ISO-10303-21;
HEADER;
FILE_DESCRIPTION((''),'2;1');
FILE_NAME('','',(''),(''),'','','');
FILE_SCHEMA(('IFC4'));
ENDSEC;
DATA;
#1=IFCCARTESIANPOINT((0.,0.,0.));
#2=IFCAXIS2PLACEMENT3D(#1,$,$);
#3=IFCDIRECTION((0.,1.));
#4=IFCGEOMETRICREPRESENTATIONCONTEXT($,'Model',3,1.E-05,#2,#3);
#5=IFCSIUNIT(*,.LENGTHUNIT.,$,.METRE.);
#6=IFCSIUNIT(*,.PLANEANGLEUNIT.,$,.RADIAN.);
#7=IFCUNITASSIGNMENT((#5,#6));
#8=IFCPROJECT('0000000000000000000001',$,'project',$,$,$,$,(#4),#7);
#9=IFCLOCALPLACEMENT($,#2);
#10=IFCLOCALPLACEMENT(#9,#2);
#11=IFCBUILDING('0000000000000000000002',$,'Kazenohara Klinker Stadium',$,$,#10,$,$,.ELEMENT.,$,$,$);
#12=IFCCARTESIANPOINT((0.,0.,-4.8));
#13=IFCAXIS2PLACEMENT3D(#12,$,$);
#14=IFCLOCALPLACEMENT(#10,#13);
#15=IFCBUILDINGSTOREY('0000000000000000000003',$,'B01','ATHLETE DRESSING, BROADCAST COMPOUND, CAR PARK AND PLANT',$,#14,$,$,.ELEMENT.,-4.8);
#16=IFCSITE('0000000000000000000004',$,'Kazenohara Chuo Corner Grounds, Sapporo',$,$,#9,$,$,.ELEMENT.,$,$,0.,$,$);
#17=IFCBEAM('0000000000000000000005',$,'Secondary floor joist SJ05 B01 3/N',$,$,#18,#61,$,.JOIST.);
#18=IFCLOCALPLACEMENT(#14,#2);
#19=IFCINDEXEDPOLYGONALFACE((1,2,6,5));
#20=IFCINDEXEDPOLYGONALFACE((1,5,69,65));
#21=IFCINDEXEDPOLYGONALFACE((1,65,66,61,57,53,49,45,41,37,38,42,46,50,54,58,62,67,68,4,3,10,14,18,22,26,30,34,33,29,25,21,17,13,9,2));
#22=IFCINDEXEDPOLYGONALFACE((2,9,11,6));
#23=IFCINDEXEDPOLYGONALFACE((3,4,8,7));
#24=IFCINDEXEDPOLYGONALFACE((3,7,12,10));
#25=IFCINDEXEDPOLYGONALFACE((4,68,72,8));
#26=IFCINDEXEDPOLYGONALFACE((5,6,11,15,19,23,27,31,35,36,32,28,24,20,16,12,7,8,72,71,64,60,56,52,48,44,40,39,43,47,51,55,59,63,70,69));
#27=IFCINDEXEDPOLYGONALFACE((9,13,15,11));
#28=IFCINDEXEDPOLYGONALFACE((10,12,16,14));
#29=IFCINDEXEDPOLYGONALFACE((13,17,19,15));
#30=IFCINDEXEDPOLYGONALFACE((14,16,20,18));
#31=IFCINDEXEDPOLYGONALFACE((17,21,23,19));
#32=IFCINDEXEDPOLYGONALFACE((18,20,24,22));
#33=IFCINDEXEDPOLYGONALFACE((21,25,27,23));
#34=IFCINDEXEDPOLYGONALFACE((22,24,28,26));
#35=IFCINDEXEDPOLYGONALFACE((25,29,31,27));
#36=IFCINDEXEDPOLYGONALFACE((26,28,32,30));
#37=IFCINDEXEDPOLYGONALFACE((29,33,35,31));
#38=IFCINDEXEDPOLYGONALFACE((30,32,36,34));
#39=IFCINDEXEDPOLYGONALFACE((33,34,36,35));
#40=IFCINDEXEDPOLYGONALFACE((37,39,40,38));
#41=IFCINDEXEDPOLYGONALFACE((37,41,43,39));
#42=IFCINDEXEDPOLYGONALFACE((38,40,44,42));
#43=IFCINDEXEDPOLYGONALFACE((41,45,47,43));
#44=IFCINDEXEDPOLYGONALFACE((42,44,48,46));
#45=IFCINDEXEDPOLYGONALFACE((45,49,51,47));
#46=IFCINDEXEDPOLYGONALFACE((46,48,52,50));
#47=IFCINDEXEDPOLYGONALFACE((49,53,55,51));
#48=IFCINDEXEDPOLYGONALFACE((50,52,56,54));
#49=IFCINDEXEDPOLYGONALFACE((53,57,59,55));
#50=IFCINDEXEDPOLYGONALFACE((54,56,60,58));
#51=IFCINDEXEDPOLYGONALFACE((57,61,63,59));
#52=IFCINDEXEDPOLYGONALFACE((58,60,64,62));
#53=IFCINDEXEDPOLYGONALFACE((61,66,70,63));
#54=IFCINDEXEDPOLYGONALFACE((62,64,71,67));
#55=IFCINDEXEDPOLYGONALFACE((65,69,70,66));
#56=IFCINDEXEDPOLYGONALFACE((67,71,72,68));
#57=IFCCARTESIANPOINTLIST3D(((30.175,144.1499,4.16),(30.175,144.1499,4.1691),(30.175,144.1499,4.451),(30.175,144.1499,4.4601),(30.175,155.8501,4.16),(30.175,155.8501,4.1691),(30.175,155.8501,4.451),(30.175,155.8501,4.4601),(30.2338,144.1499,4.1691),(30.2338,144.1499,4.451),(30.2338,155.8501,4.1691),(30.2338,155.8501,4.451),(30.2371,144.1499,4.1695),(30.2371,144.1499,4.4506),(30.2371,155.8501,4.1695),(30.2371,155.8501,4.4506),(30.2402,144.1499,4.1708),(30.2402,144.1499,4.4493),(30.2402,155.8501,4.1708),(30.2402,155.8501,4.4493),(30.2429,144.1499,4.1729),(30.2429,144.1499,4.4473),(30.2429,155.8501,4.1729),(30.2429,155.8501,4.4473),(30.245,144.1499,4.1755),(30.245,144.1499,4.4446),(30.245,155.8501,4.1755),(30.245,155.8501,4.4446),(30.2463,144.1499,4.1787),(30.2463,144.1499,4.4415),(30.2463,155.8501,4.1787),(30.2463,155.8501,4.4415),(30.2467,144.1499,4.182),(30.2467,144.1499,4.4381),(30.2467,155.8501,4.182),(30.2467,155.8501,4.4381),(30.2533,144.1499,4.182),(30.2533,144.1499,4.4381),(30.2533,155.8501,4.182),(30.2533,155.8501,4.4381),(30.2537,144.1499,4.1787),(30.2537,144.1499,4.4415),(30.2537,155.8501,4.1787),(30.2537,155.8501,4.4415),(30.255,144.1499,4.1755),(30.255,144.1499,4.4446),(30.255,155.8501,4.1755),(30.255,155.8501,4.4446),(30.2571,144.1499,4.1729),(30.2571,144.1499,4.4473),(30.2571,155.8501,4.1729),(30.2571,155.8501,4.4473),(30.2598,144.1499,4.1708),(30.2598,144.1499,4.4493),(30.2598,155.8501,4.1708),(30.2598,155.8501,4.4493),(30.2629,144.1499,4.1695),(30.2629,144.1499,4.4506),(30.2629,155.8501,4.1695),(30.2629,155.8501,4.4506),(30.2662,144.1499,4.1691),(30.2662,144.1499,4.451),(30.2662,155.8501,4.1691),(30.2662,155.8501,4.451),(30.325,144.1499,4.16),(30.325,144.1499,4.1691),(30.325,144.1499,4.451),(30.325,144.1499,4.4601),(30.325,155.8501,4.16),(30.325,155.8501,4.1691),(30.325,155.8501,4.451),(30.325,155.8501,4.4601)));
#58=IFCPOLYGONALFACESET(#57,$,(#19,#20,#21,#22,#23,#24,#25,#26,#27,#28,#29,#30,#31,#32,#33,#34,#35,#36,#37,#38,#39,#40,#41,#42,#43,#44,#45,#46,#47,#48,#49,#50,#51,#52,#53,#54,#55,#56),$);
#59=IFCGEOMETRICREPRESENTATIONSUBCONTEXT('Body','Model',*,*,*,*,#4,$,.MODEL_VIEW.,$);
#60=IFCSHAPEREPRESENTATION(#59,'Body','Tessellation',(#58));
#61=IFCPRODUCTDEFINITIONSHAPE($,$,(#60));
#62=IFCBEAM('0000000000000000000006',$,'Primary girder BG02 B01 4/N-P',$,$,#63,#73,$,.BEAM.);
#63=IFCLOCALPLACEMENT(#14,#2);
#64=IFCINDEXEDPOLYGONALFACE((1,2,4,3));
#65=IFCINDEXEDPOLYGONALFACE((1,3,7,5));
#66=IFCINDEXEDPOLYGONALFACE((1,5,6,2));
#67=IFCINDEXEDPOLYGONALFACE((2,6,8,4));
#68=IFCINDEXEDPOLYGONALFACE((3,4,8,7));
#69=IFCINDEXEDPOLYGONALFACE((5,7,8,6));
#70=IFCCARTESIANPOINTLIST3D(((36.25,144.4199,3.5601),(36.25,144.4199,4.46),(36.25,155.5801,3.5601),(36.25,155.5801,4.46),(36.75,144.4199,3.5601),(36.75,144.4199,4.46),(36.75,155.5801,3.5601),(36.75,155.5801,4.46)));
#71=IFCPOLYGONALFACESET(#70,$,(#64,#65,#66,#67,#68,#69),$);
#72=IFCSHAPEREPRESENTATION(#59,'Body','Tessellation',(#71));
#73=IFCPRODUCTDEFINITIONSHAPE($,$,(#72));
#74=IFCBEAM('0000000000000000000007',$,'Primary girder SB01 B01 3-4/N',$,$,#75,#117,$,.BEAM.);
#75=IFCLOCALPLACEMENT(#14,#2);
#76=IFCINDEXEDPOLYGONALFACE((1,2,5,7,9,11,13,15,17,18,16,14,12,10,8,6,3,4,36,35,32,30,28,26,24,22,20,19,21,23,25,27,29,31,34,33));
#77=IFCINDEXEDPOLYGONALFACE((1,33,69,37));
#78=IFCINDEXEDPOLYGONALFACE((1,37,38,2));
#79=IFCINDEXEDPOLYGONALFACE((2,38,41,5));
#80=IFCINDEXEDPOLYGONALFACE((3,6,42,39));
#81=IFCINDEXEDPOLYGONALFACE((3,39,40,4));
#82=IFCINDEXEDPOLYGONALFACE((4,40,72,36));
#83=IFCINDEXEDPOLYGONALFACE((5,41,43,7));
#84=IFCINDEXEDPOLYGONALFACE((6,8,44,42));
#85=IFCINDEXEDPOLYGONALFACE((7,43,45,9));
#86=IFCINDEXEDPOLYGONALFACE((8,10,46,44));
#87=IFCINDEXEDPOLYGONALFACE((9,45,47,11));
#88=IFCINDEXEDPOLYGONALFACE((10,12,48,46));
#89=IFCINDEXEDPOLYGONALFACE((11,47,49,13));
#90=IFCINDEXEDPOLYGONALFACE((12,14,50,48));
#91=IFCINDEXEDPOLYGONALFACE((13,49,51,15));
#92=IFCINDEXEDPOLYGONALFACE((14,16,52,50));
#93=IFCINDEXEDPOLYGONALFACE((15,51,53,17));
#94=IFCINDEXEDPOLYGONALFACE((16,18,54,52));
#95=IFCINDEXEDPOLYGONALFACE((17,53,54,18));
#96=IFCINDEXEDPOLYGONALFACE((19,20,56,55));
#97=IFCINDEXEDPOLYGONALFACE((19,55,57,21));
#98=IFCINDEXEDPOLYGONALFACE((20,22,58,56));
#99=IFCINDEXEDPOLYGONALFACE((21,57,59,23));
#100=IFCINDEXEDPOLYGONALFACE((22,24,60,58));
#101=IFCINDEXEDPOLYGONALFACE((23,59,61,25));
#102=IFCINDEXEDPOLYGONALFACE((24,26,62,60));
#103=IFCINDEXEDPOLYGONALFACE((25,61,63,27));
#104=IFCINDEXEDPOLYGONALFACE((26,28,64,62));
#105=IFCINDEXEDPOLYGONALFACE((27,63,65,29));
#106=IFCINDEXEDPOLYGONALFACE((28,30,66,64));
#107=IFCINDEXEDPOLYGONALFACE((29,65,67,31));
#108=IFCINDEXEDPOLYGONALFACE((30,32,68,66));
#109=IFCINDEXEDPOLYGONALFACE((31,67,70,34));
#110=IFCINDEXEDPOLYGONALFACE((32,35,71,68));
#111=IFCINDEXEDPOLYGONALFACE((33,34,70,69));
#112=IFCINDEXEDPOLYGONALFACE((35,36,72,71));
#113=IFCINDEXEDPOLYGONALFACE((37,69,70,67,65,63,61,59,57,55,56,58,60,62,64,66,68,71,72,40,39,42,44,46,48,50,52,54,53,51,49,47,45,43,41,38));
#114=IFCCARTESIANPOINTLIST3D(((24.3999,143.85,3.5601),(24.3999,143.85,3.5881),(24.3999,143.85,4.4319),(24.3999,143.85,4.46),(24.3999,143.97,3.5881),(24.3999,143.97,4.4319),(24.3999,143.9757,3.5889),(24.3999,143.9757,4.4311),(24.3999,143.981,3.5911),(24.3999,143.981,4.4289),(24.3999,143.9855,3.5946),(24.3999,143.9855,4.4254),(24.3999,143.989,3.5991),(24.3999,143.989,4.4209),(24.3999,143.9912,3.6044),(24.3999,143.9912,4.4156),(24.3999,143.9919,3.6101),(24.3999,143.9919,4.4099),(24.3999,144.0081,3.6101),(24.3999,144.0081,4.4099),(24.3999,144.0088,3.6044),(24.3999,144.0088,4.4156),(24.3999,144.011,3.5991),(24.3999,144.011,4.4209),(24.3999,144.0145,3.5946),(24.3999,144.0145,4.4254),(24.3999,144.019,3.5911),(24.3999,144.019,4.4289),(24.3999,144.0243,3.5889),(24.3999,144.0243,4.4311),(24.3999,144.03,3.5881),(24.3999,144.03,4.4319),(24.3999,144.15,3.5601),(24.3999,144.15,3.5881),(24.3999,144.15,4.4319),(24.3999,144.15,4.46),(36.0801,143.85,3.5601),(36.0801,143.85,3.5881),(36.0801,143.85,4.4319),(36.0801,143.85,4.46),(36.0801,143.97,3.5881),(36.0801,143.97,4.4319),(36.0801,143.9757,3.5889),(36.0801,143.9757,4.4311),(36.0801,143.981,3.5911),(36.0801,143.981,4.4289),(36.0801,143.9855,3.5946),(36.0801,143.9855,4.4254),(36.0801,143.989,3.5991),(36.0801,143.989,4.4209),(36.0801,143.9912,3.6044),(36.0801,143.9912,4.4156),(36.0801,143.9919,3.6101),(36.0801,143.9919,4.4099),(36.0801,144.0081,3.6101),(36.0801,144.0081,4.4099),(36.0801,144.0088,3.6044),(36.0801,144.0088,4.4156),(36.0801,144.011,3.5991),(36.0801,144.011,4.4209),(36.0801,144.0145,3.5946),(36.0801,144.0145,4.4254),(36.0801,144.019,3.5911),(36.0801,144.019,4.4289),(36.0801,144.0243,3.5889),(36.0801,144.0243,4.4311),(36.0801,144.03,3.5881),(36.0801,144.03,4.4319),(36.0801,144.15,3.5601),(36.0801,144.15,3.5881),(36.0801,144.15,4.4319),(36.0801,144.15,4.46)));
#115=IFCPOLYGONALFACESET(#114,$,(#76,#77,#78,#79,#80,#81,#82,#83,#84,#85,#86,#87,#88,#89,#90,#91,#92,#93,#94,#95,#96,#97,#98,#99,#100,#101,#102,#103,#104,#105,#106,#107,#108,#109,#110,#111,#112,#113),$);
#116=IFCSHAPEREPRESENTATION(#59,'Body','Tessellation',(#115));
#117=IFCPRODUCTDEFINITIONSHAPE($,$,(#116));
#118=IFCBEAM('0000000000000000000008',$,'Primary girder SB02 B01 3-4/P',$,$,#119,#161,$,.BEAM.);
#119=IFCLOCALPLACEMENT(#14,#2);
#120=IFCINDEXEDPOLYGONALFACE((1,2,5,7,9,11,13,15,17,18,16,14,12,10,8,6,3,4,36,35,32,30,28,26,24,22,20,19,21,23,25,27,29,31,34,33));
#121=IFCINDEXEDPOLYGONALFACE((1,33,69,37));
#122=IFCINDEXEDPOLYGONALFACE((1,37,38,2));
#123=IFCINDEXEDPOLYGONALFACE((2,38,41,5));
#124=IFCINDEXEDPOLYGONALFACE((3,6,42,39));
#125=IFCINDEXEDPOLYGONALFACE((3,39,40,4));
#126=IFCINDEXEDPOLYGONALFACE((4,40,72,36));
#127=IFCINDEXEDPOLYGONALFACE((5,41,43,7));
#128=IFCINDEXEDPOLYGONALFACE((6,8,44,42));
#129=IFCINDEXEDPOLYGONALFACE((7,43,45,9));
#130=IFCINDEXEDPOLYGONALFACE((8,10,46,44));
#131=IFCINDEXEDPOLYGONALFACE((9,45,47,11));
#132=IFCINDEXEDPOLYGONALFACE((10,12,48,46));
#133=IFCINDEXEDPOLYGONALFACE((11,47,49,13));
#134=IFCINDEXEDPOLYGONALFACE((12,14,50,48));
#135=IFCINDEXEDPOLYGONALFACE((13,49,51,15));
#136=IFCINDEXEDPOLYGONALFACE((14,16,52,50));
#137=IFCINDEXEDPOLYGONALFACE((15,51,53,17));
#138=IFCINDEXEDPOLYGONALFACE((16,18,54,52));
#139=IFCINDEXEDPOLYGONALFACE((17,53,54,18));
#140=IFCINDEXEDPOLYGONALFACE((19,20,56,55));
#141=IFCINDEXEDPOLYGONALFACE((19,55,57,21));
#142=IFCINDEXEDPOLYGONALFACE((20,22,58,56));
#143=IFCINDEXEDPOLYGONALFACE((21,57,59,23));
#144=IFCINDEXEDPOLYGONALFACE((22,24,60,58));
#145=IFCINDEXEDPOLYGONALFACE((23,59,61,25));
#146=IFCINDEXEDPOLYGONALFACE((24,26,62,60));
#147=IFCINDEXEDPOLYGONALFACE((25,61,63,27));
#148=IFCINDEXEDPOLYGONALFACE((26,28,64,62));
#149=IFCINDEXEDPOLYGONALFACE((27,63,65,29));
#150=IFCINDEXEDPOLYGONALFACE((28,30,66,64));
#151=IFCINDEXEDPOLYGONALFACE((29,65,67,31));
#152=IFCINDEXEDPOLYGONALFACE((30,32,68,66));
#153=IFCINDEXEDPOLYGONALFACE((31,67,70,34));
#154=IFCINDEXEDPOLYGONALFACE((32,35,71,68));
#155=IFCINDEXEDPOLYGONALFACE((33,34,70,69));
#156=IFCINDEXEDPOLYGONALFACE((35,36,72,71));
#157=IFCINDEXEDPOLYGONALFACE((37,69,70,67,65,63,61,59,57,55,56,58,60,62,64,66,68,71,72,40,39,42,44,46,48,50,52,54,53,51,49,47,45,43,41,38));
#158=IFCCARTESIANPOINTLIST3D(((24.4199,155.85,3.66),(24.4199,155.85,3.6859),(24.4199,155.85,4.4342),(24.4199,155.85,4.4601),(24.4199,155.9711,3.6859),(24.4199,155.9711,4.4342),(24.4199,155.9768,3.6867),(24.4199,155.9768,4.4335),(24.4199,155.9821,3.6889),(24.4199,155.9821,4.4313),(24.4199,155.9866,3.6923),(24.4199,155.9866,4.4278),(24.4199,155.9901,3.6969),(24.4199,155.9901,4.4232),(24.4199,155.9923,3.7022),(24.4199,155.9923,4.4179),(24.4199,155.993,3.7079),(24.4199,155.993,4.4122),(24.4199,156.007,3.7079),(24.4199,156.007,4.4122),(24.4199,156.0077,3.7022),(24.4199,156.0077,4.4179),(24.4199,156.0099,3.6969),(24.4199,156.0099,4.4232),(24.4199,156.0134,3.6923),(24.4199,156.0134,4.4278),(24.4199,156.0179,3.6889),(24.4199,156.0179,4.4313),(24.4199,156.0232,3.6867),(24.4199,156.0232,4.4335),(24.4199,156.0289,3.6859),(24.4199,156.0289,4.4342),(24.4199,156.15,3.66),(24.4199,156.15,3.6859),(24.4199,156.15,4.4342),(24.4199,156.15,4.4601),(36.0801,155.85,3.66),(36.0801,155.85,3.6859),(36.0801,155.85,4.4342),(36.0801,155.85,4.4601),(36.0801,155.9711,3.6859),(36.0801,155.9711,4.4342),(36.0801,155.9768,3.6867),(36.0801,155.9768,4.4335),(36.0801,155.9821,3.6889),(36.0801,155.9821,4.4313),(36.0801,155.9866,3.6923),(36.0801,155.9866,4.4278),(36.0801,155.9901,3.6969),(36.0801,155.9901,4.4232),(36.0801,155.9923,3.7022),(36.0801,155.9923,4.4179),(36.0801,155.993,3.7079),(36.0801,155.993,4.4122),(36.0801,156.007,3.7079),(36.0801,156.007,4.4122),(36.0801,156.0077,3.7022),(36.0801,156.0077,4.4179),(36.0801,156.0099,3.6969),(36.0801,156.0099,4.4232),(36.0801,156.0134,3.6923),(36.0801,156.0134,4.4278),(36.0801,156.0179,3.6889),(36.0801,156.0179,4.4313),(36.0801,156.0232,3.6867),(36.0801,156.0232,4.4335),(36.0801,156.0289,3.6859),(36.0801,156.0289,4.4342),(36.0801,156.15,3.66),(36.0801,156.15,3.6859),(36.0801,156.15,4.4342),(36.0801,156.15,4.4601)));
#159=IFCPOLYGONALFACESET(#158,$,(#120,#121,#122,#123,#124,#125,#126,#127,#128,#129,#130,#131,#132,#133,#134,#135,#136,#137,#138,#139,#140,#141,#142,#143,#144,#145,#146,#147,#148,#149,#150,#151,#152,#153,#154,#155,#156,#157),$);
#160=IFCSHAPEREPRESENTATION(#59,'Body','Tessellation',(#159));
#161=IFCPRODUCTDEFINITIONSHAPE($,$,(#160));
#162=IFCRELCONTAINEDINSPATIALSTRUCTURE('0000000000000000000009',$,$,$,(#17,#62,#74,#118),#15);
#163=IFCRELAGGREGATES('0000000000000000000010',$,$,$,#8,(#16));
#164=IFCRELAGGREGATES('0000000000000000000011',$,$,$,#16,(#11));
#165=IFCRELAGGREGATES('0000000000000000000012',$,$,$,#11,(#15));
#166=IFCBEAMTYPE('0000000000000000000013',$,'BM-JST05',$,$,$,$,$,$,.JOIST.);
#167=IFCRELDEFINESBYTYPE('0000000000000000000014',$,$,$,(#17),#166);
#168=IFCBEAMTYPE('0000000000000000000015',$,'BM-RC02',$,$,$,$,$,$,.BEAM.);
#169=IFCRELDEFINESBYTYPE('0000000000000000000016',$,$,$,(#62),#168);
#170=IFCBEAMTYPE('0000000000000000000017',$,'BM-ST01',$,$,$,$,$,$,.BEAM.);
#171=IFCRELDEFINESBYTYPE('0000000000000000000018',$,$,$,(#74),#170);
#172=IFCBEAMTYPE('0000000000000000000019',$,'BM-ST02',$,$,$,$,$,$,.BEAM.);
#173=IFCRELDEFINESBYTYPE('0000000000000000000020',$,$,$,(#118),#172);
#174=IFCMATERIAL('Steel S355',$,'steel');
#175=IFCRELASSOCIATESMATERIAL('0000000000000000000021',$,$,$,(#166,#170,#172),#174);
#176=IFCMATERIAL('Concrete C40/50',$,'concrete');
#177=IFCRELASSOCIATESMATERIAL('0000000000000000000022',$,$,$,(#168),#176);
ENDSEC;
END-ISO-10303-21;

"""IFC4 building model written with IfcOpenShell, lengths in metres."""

from ifc_helpers import new_model, si_unit, direction, frame, origin, origin_2d, place, context, subcontext, project, spatial, rectangle, i_section, extrude, material, material_profile, profile_set, type_object, element, save


model = new_model("IFC4")

# Units and contexts
model_context = context("Model", 3, precision=1e-05, world=origin(), true_north=direction((0.0, 1.0)))
body_context = subcontext(model_context, "Body", "Model", "MODEL_VIEW")
ifc_project = project(units=[si_unit("LENGTHUNIT", "METRE"), si_unit("PLANEANGLEUNIT", "RADIAN")], contexts=[model_context])

# Site, building, storey
site_placement = place(None, origin())
site = spatial("IfcSite", under=ifc_project, at=site_placement, Name="Kazenohara Chuo Corner Grounds, Sapporo", CompositionType="ELEMENT", RefElevation=0.0)
building_placement = place(site_placement, origin())
building = spatial("IfcBuilding", under=site, at=building_placement, Name="Kazenohara Klinker Stadium", CompositionType="ELEMENT")
storey_placement = place(building_placement, frame((0.0, 0.0, -4.8)))
storey = spatial("IfcBuildingStorey", under=building, at=storey_placement, Name="B01", Description="ATHLETE DRESSING, BROADCAST COMPOUND, CAR PARK AND PLANT", CompositionType="ELEMENT", Elevation=-4.8)

# Shared definitions
ifc_material_1 = material(Name="Concrete C40/50", Category="concrete")

# Beams
ifc_material_2 = material(Name="Steel S355", Category="steel")
ifc_material_profile_1 = material_profile(ifc_material_2, i_section(OverallWidth=0.1499, OverallDepth=0.3, WebThickness=0.0066, FlangeThickness=0.009, FilletRadius=0.0129, at=origin_2d()), Name="H-300x150x6.5x9")
ifc_profile_set_1 = profile_set([ifc_material_profile_1], Name="Steel S355")
beam_type_1 = type_object("IfcBeamType", Name="BM-JST05", PredefinedType="JOIST", material=ifc_profile_set_1)
beam_1_placement = place(storey_placement, frame((30.25, 144.1499, 4.3101), z_axis=(0.0, 1.0, 0.0), x_axis=(-1.0, 0.0, 0.0)))
element("IfcBeam", 1, at=beam_1_placement, inside=storey, type_object=beam_type_1, Name="Secondary floor joist SJ05 B01 3/N", PredefinedType="JOIST", context=body_context, shape_type="SweptSolid", body=[
    extrude(i_section(OverallWidth=0.1499, OverallDepth=0.3, WebThickness=0.0066, FlangeThickness=0.009, FilletRadius=0.0129, at=origin_2d()), origin(), (0.0, 0.0, 1.0), 11.7002),
])
ifc_material_profile_2 = material_profile(ifc_material_1, rectangle(XDim=0.5, YDim=0.8999, at=origin_2d()), Name="RC-BM-500x900")
ifc_profile_set_2 = profile_set([ifc_material_profile_2], Name="Concrete C40/50")
beam_type_2 = type_object("IfcBeamType", Name="BM-RC02", PredefinedType="BEAM", material=ifc_profile_set_2)
beam_2_placement = place(storey_placement, frame((36.5, 144.4199, 4.01), z_axis=(0.0, 1.0, 0.0), x_axis=(-1.0, 0.0, 0.0)))
element("IfcBeam", 2, at=beam_2_placement, inside=storey, type_object=beam_type_2, Name="Primary girder BG02 B01 4/N-P", PredefinedType="BEAM", context=body_context, shape_type="SweptSolid", body=[
    extrude(rectangle(XDim=0.5, YDim=0.8999, at=origin_2d()), origin(), (0.0, 0.0, 1.0), 11.1602),
])
ifc_material_profile_3 = material_profile(ifc_material_2, i_section(OverallWidth=0.3, OverallDepth=0.8999, WebThickness=0.0161, FlangeThickness=0.0281, FilletRadius=0.022, at=origin_2d()), Name="H-900x300x16x28")
ifc_profile_set_3 = profile_set([ifc_material_profile_3], Name="Steel S355")
beam_type_3 = type_object("IfcBeamType", Name="BM-ST01", PredefinedType="BEAM", material=ifc_profile_set_3)
beam_3_placement = place(storey_placement, frame((24.3999, 144.0, 4.01), z_axis=(1.0, 0.0, 0.0), x_axis=(0.0, 1.0, 0.0)))
element("IfcBeam", 3, at=beam_3_placement, inside=storey, type_object=beam_type_3, Name="Primary girder SB01 B01 3-4/N", PredefinedType="BEAM", context=body_context, shape_type="SweptSolid", body=[
    extrude(i_section(OverallWidth=0.3, OverallDepth=0.8999, WebThickness=0.0161, FlangeThickness=0.0281, FilletRadius=0.022, at=origin_2d()), origin(), (0.0, 0.0, 1.0), 11.6802),
])
ifc_material_profile_4 = material_profile(ifc_material_2, i_section(OverallWidth=0.3, OverallDepth=0.8, WebThickness=0.0139, FlangeThickness=0.0259, FilletRadius=0.022, at=origin_2d()), Name="H-800x300x14x26")
ifc_profile_set_4 = profile_set([ifc_material_profile_4], Name="Steel S355")
beam_type_4 = type_object("IfcBeamType", Name="BM-ST02", PredefinedType="BEAM", material=ifc_profile_set_4)
for number, where, z_axis, x_axis, name in (
    (4, (24.4199, 156.0, 4.0601), (1.0, 0.0, 0.0), (0.0, 1.0, 0.0), "Primary girder SB02 B01 3-4/P"),
):
    element("IfcBeam", number, at=place(storey_placement, frame(where, z_axis=z_axis, x_axis=x_axis)), inside=storey, type_object=beam_type_4, Name=name, PredefinedType="BEAM", context=body_context, shape_type="SweptSolid", body=[
        extrude(i_section(OverallWidth=0.3, OverallDepth=0.8, WebThickness=0.0139, FlangeThickness=0.0259, FilletRadius=0.022, at=origin_2d()), origin(), (0.0, 0.0, 1.0), 11.6602),
    ])

save(model, "model.ifc")
